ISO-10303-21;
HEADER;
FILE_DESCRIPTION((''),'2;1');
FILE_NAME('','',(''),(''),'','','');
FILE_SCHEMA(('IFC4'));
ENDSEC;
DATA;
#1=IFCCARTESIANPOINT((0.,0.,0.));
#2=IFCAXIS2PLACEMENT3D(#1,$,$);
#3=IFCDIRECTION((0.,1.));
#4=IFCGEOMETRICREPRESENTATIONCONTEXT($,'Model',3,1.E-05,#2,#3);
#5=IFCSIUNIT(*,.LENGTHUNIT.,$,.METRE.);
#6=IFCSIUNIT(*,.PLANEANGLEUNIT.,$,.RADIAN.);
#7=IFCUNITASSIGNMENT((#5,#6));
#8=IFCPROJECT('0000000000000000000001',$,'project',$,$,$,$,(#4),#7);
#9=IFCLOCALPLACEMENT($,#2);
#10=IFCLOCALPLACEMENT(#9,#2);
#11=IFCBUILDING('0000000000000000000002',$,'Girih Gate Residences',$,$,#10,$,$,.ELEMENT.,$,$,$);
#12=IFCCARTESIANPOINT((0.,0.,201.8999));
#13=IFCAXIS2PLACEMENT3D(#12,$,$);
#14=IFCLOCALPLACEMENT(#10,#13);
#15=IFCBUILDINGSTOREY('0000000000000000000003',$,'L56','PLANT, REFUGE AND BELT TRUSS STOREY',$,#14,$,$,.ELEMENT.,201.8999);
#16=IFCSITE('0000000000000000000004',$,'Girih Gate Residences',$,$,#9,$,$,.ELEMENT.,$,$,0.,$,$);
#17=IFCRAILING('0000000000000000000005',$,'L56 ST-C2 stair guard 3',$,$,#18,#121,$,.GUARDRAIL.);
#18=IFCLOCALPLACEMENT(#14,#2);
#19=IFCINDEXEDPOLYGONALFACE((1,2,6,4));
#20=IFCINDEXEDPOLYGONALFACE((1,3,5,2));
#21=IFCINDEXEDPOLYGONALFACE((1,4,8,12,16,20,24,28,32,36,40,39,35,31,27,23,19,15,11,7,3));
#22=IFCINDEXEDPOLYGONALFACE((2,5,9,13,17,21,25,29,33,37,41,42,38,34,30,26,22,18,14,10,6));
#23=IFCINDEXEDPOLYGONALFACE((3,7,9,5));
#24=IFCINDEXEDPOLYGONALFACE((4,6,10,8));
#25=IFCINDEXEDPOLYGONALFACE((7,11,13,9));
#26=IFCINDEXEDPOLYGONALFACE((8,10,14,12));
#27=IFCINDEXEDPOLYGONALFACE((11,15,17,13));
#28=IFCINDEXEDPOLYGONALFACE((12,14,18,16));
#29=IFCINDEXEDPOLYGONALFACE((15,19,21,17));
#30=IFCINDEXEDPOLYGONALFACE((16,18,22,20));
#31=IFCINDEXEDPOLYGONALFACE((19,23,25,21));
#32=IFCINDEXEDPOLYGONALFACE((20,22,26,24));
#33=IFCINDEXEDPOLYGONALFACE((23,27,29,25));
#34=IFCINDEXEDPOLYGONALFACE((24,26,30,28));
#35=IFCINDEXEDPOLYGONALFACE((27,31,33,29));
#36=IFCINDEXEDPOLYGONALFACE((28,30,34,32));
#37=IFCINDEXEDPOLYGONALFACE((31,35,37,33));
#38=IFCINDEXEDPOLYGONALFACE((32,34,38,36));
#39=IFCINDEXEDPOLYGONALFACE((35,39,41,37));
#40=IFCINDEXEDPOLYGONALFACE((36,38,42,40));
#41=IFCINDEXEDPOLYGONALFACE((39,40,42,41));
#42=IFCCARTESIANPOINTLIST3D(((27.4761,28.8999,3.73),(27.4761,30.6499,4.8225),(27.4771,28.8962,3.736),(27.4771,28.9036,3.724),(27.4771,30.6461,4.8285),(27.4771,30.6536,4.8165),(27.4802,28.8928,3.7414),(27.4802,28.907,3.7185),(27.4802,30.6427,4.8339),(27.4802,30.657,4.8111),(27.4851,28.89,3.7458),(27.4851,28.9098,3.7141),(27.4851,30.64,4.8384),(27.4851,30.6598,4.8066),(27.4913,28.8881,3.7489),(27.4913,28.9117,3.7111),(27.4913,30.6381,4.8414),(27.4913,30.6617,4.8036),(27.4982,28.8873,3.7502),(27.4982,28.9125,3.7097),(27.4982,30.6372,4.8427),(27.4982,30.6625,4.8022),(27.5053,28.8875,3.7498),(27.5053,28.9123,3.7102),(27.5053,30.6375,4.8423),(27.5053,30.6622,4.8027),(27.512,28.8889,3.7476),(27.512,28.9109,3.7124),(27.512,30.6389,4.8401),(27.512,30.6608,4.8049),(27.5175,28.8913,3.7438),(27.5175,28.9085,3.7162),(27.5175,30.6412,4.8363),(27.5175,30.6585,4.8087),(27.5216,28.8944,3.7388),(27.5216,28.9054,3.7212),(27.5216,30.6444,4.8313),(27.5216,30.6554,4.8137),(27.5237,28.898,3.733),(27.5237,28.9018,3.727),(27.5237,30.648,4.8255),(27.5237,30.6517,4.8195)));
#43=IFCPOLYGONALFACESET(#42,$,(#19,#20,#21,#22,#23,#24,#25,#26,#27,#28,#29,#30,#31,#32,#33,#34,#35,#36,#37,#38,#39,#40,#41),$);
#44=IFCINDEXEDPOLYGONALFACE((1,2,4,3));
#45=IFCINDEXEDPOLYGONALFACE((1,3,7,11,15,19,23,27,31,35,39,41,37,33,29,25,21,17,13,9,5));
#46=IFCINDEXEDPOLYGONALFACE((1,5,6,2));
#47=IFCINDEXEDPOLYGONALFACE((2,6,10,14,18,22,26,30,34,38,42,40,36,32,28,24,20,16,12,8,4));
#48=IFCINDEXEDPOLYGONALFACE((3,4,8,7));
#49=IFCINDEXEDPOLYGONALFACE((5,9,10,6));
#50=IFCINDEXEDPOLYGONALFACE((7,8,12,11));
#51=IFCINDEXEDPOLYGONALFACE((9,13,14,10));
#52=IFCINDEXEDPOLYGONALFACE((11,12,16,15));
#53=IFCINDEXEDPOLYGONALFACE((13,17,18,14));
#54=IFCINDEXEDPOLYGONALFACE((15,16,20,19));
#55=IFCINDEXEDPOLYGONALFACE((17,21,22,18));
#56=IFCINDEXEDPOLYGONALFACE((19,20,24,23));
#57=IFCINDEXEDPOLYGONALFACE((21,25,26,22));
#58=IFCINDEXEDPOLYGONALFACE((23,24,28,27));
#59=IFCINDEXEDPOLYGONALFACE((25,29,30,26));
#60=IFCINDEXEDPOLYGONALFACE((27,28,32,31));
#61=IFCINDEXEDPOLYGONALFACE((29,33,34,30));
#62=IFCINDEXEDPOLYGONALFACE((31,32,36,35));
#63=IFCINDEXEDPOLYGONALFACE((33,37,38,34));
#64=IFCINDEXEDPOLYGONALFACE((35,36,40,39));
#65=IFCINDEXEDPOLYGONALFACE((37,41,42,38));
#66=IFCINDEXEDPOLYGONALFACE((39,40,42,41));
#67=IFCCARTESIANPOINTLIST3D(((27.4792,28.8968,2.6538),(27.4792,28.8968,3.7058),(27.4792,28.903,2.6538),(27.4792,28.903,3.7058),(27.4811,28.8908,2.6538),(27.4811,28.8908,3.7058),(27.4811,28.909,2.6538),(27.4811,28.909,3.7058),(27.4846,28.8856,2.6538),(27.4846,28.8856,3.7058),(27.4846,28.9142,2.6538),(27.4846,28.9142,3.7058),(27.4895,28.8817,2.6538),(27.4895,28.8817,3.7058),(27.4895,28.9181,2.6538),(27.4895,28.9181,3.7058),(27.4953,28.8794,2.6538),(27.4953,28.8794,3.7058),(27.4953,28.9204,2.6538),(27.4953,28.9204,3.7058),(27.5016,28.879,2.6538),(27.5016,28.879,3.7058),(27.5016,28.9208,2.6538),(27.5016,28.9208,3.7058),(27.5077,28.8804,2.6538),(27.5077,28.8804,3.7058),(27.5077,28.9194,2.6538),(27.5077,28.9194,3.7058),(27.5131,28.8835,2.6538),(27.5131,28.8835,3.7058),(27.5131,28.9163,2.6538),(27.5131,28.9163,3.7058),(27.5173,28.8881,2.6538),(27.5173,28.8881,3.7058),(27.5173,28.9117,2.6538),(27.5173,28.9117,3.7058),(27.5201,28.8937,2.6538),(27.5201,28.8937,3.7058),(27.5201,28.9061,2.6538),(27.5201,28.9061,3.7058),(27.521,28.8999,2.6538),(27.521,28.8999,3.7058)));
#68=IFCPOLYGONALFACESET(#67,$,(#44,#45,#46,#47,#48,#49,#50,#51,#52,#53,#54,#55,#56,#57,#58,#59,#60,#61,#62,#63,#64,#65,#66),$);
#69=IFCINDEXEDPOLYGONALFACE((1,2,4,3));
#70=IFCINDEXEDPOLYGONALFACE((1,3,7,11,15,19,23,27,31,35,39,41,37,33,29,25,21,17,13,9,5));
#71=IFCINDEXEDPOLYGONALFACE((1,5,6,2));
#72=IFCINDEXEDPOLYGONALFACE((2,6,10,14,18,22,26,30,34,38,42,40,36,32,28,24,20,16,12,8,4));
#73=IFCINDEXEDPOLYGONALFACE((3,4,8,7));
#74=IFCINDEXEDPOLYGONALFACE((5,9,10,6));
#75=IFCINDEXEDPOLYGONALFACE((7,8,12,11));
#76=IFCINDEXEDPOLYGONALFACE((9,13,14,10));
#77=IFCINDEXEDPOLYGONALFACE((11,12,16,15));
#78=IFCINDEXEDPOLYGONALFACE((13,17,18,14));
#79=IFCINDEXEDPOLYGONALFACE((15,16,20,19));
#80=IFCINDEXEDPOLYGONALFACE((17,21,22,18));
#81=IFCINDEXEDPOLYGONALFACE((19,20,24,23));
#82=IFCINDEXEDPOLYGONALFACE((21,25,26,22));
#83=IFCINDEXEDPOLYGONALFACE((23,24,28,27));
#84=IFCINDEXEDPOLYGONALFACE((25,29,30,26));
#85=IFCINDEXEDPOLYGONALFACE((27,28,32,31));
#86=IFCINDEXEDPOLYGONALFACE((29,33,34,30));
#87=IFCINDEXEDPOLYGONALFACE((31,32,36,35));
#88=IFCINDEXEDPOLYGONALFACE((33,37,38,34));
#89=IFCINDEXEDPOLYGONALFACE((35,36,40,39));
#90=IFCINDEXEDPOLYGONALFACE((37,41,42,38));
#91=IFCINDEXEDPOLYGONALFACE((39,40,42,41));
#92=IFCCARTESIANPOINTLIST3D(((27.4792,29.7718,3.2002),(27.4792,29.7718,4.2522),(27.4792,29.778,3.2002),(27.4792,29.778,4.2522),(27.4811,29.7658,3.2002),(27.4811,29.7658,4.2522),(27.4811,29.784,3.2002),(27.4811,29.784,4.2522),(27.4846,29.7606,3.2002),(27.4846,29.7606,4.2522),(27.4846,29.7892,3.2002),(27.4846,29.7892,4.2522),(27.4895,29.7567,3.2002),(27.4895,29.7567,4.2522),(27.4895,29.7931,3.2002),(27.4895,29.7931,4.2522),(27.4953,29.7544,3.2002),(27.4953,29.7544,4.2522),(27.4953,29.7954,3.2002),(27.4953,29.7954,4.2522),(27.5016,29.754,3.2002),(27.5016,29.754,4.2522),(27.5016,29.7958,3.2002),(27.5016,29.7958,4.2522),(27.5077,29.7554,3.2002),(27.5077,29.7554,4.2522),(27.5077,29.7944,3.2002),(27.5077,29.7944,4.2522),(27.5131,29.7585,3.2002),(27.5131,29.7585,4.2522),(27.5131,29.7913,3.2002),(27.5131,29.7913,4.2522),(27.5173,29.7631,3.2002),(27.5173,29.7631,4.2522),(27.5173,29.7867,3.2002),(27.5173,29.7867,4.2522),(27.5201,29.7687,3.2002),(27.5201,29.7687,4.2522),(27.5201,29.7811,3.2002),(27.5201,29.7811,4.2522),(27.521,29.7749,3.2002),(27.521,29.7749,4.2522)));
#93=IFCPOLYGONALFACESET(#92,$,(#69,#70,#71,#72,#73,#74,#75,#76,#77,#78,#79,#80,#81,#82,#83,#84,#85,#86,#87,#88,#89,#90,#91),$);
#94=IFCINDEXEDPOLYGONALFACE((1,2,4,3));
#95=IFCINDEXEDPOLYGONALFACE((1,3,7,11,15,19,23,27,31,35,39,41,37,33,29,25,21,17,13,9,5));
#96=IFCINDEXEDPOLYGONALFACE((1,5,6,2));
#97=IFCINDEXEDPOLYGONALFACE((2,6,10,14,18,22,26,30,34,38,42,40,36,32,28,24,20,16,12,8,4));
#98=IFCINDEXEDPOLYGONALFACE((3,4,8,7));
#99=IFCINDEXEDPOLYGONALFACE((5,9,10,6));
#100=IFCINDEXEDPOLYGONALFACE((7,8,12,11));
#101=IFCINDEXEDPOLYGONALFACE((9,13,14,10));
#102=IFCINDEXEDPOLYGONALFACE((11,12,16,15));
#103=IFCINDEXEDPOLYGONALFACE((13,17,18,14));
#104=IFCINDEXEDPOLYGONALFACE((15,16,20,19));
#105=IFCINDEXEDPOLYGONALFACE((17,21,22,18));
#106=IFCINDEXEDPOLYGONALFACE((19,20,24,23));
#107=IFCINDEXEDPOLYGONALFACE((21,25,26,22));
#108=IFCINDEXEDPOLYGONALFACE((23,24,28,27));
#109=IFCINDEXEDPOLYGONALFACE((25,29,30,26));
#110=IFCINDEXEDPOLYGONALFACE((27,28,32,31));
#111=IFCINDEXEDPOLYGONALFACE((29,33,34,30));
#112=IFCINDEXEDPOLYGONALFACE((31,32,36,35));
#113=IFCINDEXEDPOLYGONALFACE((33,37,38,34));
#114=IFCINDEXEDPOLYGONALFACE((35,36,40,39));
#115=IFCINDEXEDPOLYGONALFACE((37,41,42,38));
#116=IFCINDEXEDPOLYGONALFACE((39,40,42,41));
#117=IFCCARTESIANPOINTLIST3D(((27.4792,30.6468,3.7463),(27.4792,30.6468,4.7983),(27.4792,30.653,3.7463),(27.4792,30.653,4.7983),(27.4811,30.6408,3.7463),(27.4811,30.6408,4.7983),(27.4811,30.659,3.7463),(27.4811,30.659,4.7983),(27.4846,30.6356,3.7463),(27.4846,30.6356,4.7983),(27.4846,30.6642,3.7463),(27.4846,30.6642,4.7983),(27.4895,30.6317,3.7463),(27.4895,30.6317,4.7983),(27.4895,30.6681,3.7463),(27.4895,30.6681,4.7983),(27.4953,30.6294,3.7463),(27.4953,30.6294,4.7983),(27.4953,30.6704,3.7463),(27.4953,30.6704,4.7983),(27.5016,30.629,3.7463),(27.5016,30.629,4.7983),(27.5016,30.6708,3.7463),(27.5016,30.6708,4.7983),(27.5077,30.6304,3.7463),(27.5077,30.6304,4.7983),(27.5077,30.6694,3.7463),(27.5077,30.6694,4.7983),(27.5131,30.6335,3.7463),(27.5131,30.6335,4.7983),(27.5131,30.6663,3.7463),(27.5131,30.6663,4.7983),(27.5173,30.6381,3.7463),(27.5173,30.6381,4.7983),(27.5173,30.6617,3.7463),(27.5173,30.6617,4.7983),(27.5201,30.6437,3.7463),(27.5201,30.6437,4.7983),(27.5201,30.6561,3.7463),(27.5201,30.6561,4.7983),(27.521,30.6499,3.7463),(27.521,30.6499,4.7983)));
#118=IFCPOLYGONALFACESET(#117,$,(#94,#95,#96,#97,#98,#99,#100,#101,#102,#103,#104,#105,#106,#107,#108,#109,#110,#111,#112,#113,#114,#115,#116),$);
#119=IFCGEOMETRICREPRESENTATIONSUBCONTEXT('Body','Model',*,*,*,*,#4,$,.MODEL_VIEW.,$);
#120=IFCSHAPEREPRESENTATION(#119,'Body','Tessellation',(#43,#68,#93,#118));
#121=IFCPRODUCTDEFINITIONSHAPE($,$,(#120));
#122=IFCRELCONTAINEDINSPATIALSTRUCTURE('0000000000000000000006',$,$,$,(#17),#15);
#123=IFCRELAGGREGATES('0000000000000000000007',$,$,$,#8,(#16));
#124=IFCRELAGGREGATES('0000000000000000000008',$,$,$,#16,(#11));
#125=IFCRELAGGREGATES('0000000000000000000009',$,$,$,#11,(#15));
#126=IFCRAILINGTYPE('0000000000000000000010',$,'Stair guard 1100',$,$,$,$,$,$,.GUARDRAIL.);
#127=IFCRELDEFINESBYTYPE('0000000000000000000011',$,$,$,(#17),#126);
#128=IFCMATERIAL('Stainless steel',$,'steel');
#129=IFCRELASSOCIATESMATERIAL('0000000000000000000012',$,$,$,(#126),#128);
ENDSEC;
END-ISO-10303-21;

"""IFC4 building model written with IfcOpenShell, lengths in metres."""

from ifc_helpers import new_model, si_unit, direction, frame, origin, origin_2d, place, context, subcontext, project, spatial, circle, extrude, material, type_object, element, save


model = new_model("IFC4")

# Units and contexts
model_context = context("Model", 3, precision=1e-05, world=origin(), true_north=direction((0.0, 1.0)))
body_context = subcontext(model_context, "Body", "Model", "MODEL_VIEW")
ifc_project = project(units=[si_unit("LENGTHUNIT", "METRE"), si_unit("PLANEANGLEUNIT", "RADIAN")], contexts=[model_context])

# Site, building, storey
site_placement = place(None, origin())
site = spatial("IfcSite", under=ifc_project, at=site_placement, Name="Girih Gate Residences", CompositionType="ELEMENT", RefElevation=0.0)
building_placement = place(site_placement, origin())
building = spatial("IfcBuilding", under=site, at=building_placement, Name="Girih Gate Residences", CompositionType="ELEMENT")
storey_placement = place(building_placement, frame((0.0, 0.0, 201.8999)))
storey = spatial("IfcBuildingStorey", under=building, at=storey_placement, Name="L56", Description="PLANT, REFUGE AND BELT TRUSS STOREY", CompositionType="ELEMENT", Elevation=201.8999)

# Railing
ifc_material_1 = material(Name="Stainless steel", Category="steel")
railing_type_1 = type_object("IfcRailingType", Name="Stair guard 1100", PredefinedType="GUARDRAIL", material=ifc_material_1)
railing_1_placement = place(storey_placement, frame((27.5, 28.8999, 2.6538)))
element("IfcRailing", 1, at=railing_1_placement, inside=storey, type_object=railing_type_1, Name="L56 ST-C2 stair guard 3", PredefinedType="GUARDRAIL", context=body_context, shape_type="SweptSolid", body=[
    extrude(circle(Radius=0.0239, at=origin_2d()), frame((0.0, 0.0, 1.0762), z_axis=(0.0, 0.848264, 0.529573), x_axis=(-1.0, 0.0, 0.0)), (0.0, 0.0, 1.0), 2.063),
    extrude(circle(Radius=0.021, at=origin_2d()), origin(), (0.0, 0.0, 1.0), 1.052),
    extrude(circle(Radius=0.021, at=origin_2d()), frame((0.0, 0.875, 0.5464)), (0.0, 0.0, 1.0), 1.052),
    extrude(circle(Radius=0.021, at=origin_2d()), frame((0.0, 1.75, 1.0925)), (0.0, 0.0, 1.0), 1.052),
])

save(model, "model.ifc")
